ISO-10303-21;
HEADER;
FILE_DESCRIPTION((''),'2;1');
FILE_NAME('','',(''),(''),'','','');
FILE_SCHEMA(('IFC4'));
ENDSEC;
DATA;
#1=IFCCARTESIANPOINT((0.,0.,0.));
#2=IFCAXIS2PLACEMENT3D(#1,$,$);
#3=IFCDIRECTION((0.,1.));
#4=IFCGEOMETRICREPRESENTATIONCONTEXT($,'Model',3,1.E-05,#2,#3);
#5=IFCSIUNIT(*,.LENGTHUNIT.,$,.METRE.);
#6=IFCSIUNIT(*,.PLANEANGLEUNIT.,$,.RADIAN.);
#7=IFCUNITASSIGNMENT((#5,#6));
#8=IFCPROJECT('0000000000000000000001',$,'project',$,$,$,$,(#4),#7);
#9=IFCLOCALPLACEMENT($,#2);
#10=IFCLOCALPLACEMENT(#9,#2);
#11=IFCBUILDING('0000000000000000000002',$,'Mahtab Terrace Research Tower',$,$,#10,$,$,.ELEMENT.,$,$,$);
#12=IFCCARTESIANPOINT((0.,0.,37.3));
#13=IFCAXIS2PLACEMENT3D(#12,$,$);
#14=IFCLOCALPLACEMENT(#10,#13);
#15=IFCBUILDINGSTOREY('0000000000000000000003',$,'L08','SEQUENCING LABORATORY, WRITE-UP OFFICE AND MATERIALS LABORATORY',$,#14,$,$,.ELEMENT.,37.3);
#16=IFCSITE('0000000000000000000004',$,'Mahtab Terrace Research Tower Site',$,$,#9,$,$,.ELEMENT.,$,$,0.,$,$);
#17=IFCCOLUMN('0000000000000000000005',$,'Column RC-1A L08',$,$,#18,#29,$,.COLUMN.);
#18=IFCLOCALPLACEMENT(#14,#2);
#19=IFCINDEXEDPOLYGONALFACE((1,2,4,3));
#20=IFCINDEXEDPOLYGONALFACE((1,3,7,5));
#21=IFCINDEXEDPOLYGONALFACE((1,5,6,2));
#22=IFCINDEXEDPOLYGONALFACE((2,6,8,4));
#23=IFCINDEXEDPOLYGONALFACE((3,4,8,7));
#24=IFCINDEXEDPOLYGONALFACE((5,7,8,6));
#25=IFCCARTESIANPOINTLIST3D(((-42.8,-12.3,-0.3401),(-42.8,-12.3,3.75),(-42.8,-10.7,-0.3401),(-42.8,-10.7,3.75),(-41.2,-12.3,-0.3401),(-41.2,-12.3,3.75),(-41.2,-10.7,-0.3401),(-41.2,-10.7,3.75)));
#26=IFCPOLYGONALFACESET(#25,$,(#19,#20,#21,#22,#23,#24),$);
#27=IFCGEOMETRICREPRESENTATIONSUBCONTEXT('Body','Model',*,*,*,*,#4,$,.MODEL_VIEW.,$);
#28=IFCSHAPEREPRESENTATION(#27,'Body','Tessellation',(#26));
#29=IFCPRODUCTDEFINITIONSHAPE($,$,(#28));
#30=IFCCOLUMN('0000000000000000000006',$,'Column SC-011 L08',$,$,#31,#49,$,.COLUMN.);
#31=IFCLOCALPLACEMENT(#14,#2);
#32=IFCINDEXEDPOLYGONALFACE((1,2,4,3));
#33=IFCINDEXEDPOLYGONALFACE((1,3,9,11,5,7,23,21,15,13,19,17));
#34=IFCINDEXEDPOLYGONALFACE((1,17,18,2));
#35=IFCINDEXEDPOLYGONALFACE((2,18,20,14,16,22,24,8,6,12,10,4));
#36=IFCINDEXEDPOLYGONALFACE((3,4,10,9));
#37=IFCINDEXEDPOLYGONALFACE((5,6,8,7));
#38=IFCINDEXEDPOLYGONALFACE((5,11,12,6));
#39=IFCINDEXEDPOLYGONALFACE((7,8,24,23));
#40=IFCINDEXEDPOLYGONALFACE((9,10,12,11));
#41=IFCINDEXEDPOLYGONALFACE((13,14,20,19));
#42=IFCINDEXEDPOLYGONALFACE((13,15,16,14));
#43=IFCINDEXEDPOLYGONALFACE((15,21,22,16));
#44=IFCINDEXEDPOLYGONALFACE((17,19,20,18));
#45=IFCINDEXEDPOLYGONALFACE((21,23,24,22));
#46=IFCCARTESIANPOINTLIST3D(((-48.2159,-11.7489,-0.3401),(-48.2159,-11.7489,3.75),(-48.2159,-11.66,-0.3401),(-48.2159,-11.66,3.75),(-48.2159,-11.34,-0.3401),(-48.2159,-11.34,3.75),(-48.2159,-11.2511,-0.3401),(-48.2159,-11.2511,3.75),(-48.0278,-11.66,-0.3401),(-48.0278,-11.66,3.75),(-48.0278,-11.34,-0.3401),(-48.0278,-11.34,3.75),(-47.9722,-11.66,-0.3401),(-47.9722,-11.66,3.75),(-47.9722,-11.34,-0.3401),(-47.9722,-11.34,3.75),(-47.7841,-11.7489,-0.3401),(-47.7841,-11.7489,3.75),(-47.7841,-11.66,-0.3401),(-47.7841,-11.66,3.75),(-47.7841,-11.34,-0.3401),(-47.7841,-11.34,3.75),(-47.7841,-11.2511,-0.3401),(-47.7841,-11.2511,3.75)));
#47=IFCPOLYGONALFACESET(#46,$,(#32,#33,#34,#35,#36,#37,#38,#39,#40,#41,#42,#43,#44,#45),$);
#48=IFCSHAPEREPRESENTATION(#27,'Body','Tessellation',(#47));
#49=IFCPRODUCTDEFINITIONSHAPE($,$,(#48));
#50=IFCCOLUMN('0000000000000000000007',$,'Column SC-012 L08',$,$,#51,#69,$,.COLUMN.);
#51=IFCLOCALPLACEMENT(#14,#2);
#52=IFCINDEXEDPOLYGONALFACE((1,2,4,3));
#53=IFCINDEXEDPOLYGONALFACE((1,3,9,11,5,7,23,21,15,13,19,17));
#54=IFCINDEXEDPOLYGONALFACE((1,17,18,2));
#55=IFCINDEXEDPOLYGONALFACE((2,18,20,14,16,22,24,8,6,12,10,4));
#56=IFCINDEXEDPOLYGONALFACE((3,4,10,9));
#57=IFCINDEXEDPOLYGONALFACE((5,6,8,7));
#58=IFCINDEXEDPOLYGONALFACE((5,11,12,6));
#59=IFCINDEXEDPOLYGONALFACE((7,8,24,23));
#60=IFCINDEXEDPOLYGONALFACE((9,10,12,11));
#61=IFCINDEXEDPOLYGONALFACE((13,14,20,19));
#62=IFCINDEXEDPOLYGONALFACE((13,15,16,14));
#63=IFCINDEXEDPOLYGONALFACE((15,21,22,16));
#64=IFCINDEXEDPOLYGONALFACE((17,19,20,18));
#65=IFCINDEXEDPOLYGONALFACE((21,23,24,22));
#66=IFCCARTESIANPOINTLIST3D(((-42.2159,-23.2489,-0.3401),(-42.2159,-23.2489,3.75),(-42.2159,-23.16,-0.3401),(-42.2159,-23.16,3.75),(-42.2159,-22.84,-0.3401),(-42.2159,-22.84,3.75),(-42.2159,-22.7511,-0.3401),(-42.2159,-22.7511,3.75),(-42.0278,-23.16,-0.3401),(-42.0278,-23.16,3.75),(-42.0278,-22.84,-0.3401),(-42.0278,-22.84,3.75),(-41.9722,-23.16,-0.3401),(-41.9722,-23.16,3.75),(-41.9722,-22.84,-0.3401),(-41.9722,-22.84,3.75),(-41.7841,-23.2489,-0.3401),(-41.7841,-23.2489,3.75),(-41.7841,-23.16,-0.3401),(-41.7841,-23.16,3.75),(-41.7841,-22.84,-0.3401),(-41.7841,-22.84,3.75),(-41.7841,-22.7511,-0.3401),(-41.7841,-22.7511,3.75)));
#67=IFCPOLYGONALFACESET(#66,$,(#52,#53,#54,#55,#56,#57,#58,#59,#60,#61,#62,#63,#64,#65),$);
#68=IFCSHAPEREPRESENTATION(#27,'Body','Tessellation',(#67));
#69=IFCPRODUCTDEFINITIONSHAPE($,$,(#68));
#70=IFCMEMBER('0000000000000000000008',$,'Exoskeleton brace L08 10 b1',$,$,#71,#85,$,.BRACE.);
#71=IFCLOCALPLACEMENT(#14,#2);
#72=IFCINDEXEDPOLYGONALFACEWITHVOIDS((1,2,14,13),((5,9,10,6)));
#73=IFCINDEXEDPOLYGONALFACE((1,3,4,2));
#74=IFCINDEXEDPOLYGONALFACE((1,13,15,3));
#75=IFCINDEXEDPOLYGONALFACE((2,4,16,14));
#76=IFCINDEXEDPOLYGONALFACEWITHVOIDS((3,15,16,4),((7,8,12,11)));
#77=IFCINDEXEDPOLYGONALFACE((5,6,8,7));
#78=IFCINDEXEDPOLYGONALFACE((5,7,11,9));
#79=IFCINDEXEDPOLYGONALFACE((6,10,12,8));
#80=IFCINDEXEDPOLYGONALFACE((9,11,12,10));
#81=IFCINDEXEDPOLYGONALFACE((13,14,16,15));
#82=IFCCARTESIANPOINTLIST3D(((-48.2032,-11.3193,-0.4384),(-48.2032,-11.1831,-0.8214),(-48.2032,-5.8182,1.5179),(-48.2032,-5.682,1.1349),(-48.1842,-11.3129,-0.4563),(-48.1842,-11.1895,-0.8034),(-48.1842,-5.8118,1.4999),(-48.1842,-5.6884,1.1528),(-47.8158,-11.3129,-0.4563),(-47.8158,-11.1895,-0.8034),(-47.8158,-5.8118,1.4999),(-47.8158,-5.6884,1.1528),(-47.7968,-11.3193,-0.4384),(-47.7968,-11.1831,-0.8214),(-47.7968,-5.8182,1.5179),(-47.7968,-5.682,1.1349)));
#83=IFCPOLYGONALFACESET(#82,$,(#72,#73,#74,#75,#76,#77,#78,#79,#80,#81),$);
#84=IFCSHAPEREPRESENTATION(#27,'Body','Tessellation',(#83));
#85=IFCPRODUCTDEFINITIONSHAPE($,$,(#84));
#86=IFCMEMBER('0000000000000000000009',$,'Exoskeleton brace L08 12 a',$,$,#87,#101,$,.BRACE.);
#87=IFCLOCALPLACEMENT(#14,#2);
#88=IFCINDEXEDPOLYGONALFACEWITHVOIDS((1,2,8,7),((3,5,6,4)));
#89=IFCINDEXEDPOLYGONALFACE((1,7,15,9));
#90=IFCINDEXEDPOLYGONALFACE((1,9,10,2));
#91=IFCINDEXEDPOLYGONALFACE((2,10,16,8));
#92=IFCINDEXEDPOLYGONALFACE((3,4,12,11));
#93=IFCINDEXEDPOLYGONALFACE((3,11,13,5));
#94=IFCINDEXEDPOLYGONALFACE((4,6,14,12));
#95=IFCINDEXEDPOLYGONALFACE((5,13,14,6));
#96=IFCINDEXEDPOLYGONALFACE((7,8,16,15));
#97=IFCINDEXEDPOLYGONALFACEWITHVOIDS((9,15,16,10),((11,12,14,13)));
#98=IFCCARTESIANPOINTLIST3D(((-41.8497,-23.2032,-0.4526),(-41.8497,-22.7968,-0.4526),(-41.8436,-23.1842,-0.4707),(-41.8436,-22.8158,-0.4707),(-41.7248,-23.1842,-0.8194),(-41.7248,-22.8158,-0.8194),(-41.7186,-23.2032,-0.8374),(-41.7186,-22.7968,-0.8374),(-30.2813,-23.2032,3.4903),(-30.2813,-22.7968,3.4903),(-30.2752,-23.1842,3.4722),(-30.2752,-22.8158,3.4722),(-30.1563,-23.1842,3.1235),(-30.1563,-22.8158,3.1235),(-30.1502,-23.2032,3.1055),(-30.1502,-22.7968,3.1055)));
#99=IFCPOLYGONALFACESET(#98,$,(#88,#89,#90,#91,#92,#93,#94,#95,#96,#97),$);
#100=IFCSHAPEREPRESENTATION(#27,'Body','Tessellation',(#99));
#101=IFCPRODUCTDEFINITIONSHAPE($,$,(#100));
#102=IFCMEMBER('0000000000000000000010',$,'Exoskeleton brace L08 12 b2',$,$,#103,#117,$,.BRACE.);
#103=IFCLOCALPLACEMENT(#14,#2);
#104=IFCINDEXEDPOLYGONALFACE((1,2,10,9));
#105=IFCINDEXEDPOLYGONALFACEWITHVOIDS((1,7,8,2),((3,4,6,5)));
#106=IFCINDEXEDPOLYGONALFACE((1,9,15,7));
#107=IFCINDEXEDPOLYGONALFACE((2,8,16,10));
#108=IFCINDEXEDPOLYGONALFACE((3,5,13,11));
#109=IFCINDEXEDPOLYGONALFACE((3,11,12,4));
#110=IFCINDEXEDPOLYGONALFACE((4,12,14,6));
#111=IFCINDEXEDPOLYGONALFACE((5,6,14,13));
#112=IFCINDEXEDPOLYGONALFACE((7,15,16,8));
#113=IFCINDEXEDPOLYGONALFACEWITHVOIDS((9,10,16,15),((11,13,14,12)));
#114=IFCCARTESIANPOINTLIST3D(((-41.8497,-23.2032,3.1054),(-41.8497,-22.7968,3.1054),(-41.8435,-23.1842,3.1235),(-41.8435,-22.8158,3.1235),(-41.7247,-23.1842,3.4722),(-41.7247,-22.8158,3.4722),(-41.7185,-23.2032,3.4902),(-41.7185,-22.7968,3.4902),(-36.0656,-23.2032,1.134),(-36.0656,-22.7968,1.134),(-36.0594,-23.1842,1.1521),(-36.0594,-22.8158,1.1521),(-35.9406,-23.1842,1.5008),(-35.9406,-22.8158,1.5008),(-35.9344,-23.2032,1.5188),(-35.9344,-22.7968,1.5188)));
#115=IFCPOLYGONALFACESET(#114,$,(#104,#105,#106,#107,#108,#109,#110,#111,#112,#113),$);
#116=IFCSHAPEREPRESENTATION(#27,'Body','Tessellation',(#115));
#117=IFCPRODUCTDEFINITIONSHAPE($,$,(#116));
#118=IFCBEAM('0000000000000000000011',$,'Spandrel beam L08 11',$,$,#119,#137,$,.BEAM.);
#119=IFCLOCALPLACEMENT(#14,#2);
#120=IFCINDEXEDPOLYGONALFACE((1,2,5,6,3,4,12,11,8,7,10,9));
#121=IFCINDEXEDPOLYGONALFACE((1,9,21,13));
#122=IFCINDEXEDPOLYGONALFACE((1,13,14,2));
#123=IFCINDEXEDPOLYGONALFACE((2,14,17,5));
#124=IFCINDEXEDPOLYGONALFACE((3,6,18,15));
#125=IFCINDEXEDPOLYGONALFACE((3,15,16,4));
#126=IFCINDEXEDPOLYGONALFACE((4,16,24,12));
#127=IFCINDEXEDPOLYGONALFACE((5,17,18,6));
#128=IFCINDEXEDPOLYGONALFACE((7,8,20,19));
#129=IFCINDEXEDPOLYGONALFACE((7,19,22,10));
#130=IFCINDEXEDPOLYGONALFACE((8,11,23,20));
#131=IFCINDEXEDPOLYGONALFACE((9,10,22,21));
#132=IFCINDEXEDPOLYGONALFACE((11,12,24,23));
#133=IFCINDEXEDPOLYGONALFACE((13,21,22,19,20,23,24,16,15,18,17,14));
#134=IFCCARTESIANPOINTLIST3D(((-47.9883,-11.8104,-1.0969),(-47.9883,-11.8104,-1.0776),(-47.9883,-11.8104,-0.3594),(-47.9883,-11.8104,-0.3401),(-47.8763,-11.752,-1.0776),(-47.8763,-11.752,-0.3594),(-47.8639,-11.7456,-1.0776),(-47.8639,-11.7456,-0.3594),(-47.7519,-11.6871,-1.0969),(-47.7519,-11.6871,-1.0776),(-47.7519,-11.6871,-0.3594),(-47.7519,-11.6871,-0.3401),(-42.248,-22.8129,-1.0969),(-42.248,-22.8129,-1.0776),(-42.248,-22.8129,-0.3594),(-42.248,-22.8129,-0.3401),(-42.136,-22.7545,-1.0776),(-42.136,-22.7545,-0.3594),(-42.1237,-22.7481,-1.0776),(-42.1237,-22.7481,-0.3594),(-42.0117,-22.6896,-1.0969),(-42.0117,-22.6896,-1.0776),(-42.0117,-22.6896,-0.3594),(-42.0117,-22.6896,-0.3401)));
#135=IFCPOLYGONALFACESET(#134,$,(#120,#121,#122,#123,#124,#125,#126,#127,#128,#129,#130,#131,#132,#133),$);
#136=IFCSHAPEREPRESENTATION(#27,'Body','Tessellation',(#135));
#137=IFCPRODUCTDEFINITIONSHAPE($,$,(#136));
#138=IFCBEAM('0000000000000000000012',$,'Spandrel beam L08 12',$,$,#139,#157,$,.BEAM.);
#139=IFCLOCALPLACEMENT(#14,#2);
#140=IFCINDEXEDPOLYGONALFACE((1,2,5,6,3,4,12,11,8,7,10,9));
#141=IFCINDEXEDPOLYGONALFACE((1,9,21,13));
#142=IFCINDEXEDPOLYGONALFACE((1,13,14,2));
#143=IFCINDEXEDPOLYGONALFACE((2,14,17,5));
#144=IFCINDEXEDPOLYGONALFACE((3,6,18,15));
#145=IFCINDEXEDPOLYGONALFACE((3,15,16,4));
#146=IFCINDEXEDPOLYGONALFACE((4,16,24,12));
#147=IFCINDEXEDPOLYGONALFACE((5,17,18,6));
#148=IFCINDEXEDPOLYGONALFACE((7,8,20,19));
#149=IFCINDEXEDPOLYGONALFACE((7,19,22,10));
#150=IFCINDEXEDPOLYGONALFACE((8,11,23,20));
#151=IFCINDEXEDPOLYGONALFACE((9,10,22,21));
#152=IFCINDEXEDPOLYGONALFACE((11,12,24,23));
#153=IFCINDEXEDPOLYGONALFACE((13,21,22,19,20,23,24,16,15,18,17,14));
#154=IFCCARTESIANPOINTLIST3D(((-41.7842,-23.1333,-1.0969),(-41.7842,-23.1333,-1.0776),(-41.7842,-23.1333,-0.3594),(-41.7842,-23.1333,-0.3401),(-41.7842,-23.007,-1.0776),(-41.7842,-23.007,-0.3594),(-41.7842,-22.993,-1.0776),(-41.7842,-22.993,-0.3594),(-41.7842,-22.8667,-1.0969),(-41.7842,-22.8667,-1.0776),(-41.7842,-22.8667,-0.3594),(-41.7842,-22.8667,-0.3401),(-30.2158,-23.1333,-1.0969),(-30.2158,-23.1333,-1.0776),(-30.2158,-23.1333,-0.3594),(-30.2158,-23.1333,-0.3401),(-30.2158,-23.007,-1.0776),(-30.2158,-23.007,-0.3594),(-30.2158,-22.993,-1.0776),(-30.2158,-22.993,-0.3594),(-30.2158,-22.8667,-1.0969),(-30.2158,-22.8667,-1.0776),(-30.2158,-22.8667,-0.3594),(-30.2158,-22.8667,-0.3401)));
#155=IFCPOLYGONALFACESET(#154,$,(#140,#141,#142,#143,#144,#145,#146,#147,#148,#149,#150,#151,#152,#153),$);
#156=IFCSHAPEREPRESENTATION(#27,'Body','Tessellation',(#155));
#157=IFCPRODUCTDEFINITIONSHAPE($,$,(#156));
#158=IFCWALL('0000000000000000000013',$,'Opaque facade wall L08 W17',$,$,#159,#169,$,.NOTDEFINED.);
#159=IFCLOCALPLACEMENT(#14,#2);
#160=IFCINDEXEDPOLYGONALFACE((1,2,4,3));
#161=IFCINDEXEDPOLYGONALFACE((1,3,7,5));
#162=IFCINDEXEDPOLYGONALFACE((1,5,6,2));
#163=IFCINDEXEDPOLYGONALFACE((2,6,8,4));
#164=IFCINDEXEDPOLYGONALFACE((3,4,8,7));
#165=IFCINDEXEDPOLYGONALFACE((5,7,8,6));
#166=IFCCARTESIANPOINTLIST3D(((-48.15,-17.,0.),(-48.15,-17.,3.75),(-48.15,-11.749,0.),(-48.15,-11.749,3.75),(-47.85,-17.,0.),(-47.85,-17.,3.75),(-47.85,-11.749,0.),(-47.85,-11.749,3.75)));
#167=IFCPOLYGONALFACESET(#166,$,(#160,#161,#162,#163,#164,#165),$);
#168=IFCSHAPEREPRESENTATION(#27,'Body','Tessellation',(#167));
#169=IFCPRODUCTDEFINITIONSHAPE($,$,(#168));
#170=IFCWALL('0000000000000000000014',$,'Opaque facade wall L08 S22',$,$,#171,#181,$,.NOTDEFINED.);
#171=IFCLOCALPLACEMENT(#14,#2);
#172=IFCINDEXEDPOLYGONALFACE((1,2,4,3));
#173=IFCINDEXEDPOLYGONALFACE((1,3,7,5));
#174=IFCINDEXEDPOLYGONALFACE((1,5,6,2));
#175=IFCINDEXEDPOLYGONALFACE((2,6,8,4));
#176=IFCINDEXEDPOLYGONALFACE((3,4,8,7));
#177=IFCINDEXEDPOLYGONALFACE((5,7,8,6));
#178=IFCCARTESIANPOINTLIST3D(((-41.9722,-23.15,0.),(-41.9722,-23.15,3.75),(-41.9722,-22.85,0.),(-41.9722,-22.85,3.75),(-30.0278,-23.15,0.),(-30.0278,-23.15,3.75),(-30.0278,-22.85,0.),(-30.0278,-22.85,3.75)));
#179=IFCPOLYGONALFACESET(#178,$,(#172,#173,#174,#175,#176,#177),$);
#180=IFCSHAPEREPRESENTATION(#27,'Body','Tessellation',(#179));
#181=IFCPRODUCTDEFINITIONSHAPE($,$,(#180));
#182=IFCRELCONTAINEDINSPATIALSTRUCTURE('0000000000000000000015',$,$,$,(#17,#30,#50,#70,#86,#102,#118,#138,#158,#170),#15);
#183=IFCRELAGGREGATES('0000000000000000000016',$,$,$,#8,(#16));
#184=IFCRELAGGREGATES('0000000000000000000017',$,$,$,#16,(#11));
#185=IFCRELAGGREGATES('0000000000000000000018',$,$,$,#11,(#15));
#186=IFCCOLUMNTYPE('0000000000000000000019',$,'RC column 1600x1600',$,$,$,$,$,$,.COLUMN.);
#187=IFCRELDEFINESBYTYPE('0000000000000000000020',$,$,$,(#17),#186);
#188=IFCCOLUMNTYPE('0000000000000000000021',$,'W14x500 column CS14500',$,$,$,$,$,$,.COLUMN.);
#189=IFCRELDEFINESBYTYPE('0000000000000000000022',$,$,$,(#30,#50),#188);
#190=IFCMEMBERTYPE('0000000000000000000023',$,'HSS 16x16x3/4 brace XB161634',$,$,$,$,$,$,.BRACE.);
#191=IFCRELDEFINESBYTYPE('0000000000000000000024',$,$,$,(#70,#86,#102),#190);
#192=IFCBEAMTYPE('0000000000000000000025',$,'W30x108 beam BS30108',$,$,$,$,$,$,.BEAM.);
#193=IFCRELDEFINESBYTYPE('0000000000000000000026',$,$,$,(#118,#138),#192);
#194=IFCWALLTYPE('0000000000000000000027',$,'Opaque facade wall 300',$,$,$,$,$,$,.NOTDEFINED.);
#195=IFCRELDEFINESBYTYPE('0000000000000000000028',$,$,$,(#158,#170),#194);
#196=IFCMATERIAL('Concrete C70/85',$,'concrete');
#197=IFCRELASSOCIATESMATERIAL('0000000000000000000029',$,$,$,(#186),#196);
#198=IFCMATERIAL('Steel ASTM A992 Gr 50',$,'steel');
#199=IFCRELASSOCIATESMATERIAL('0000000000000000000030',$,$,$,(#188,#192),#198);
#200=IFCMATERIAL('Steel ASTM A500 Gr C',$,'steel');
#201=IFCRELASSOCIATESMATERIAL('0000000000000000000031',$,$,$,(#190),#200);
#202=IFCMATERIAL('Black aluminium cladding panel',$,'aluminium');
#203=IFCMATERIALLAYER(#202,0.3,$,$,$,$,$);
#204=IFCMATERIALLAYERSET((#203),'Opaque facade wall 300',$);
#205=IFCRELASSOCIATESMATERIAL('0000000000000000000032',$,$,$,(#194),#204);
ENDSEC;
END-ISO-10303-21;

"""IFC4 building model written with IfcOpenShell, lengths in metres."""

from ifc_helpers import new_model, si_unit, direction, frame, frame_2d, origin, origin_2d, place, context, subcontext, project, spatial, rectangle, hollow_rectangle, i_section, extrude, material, layer, layer_set, material_profile, profile_set, type_object, element, save


model = new_model("IFC4")

# Units and contexts
model_context = context("Model", 3, precision=1e-05, world=origin(), true_north=direction((0.0, 1.0)))
body_context = subcontext(model_context, "Body", "Model", "MODEL_VIEW")
ifc_project = project(units=[si_unit("LENGTHUNIT", "METRE"), si_unit("PLANEANGLEUNIT", "RADIAN")], contexts=[model_context])

# Site, building, storey
site_placement = place(None, origin())
site = spatial("IfcSite", under=ifc_project, at=site_placement, Name="Mahtab Terrace Research Tower Site", CompositionType="ELEMENT", RefElevation=0.0)
building_placement = place(site_placement, origin())
building = spatial("IfcBuilding", under=site, at=building_placement, Name="Mahtab Terrace Research Tower", CompositionType="ELEMENT")
storey_placement = place(building_placement, frame((0.0, 0.0, 37.3)))
storey = spatial("IfcBuildingStorey", under=building, at=storey_placement, Name="L08", Description="SEQUENCING LABORATORY, WRITE-UP OFFICE AND MATERIALS LABORATORY", CompositionType="ELEMENT", Elevation=37.3)

# Columns
ifc_material_1 = material(Name="Concrete C70/85", Category="concrete")
ifc_material_profile_1 = material_profile(ifc_material_1, rectangle(XDim=1.6001, YDim=1.6001, at=origin_2d()), Name="RC column 1600x1600")
ifc_profile_set_1 = profile_set([ifc_material_profile_1], Name="Concrete C70/85")
column_type_1 = type_object("IfcColumnType", Name="RC column 1600x1600", PredefinedType="COLUMN", material=ifc_profile_set_1)
column_placement = place(storey_placement, frame((-42.0, -11.5, -0.3401), z_axis=(0.0, 0.0, 1.0), x_axis=(1.0, 0.0, 0.0)))
element("IfcColumn", 1, at=column_placement, inside=storey, type_object=column_type_1, Name="Column RC-1A L08", PredefinedType="COLUMN", context=body_context, shape_type="SweptSolid", body=[
    extrude(rectangle(XDim=1.6001, YDim=1.6001, at=origin_2d()), origin(), (0.0, 0.0, 1.0), 4.0901),
])
ifc_material_2 = material(Name="Steel ASTM A992 Gr 50", Category="steel")
ifc_material_profile_2 = material_profile(ifc_material_2, i_section(OverallWidth=0.4319, OverallDepth=0.4978, WebThickness=0.0557, FlangeThickness=0.0889, at=origin_2d()), Name="W14X500")
ifc_profile_set_2 = profile_set([ifc_material_profile_2], Name="Steel ASTM A992 Gr 50")
column_type_2 = type_object("IfcColumnType", Name="W14x500 column CS14500", PredefinedType="COLUMN", material=ifc_profile_set_2)
for number, where, z_axis, x_axis, name in (
    (2, (-48.0, -11.5, -0.3401), (0.0, 0.0, 1.0), (1.0, 0.0, 0.0), "Column SC-011 L08"),
    (3, (-42.0, -23.0, -0.3401), (0.0, 0.0, 1.0), (1.0, 0.0, 0.0), "Column SC-012 L08"),
):
    element("IfcColumn", number, at=place(storey_placement, frame(where, z_axis=z_axis, x_axis=x_axis)), inside=storey, type_object=column_type_2, Name=name, PredefinedType="COLUMN", context=body_context, shape_type="SweptSolid", body=[
        extrude(i_section(OverallWidth=0.4319, OverallDepth=0.4978, WebThickness=0.0557, FlangeThickness=0.0889, at=origin_2d()), origin(), (0.0, 0.0, 1.0), 4.0901),
    ])

# Members
ifc_material_3 = material(Name="Steel ASTM A500 Gr C", Category="steel")
ifc_material_profile_3 = material_profile(ifc_material_3, hollow_rectangle(XDim=0.4065, YDim=0.4065, WallThickness=0.019, at=origin_2d()), Name="HSS16X16X3/4")
ifc_profile_set_3 = profile_set([ifc_material_profile_3], Name="Steel ASTM A500 Gr C")
member_type = type_object("IfcMemberType", Name="HSS 16x16x3/4 brace XB161634", PredefinedType="BRACE", material=ifc_profile_set_3)
member_1_placement = place(storey_placement, frame((-48.0, -11.2512, -0.6299), z_axis=(0.0, 0.942198, 0.335057), x_axis=(-1.0, 0.0, 0.0)))
element("IfcMember", 4, at=member_1_placement, inside=storey, type_object=member_type, Name="Exoskeleton brace L08 10 b1", PredefinedType="BRACE", context=body_context, shape_type="SweptSolid", body=[
    extrude(hollow_rectangle(XDim=0.4065, YDim=0.4065, WallThickness=0.019, at=origin_2d()), origin(), (0.0, 0.0, 1.0), 5.8386),
])
member_2_placement = place(storey_placement, frame((-41.7842, -23.0, -0.645), z_axis=(0.946532, 0.0, 0.322609), x_axis=(0.0, 1.0, 0.0)))
element("IfcMember", 5, at=member_2_placement, inside=storey, type_object=member_type, Name="Exoskeleton brace L08 12 a", PredefinedType="BRACE", context=body_context, shape_type="SweptSolid", body=[
    extrude(hollow_rectangle(XDim=0.4065, YDim=0.4065, WallThickness=0.019, at=origin_2d()), origin(), (0.0, 0.0, 1.0), 12.2219),
])
member_3_placement = place(storey_placement, frame((-36.0, -23.0, 1.3264), z_axis=(-0.946532, 0.0, 0.322609), x_axis=(0.0, -1.0, 0.0)))
element("IfcMember", 6, at=member_3_placement, inside=storey, type_object=member_type, Name="Exoskeleton brace L08 12 b2", PredefinedType="BRACE", context=body_context, shape_type="SweptSolid", body=[
    extrude(hollow_rectangle(XDim=0.4065, YDim=0.4065, WallThickness=0.019, at=origin_2d()), origin(), (0.0, 0.0, 1.0), 6.1108),
])

# Beams
ifc_material_profile_4 = material_profile(ifc_material_2, i_section(OverallWidth=0.2666, OverallDepth=0.7568, WebThickness=0.0139, FlangeThickness=0.0193, at=origin_2d()), Name="W30X108")
ifc_profile_set_4 = profile_set([ifc_material_profile_4], Name="Steel ASTM A992 Gr 50")
beam_type = type_object("IfcBeamType", Name="W30x108 beam BS30108", PredefinedType="BEAM", material=ifc_profile_set_4)
beam_1_placement = place(storey_placement, frame((-47.8701, -11.7488, -0.7185), z_axis=(0.462555, -0.88659, 0.0), x_axis=(0.88659, 0.462555, 0.0)))
element("IfcBeam", 7, at=beam_1_placement, inside=storey, type_object=beam_type, Name="Spandrel beam L08 11", PredefinedType="BEAM", context=body_context, shape_type="SweptSolid", body=[
    extrude(i_section(OverallWidth=0.2666, OverallDepth=0.7568, WebThickness=0.0139, FlangeThickness=0.0193, at=origin_2d()), origin(), (0.0, 0.0, 1.0), 12.4099),
])
beam_2_placement = place(storey_placement, frame((-41.7842, -23.0, -0.7185), z_axis=(1.0, 0.0, 0.0), x_axis=(0.0, 1.0, 0.0)))
element("IfcBeam", 8, at=beam_2_placement, inside=storey, type_object=beam_type, Name="Spandrel beam L08 12", PredefinedType="BEAM", context=body_context, shape_type="SweptSolid", body=[
    extrude(i_section(OverallWidth=0.2666, OverallDepth=0.7568, WebThickness=0.0139, FlangeThickness=0.0193, at=origin_2d()), origin(), (0.0, 0.0, 1.0), 11.5684),
])

# Walls
ifc_material_4 = material(Name="Black aluminium cladding panel", Category="aluminium")
ifc_layer_1 = layer(ifc_material_4, 0.3)
ifc_layer_set_1 = layer_set([ifc_layer_1], Name="Opaque facade wall 300")
wall_type_1 = type_object("IfcWallType", Name="Opaque facade wall 300", PredefinedType="NOTDEFINED", material=ifc_layer_set_1)
wall_1_placement = place(storey_placement, frame((-48.0, -11.749, 0.0), z_axis=(0.0, 0.0, 1.0), x_axis=(0.0, -1.0, 0.0)))
element("IfcWall", 9, at=wall_1_placement, inside=storey, type_object=wall_type_1, Name="Opaque facade wall L08 W17", PredefinedType="NOTDEFINED", context=body_context, shape_type="SweptSolid", body=[
    extrude(rectangle(XDim=5.251, YDim=0.3, at=frame_2d((2.6255, 0.0))), origin(), (0.0, 0.0, 1.0), 3.75),
])
wall_2_placement = place(storey_placement, frame((-41.9722, -23.0, 0.0), z_axis=(0.0, 0.0, 1.0), x_axis=(1.0, 0.0, 0.0)))
element("IfcWall", 10, at=wall_2_placement, inside=storey, type_object=wall_type_1, Name="Opaque facade wall L08 S22", PredefinedType="NOTDEFINED", context=body_context, shape_type="SweptSolid", body=[
    extrude(rectangle(XDim=11.9443, YDim=0.3, at=frame_2d((5.9722, 0.0))), origin(), (0.0, 0.0, 1.0), 3.75),
])

save(model, "model.ifc")
